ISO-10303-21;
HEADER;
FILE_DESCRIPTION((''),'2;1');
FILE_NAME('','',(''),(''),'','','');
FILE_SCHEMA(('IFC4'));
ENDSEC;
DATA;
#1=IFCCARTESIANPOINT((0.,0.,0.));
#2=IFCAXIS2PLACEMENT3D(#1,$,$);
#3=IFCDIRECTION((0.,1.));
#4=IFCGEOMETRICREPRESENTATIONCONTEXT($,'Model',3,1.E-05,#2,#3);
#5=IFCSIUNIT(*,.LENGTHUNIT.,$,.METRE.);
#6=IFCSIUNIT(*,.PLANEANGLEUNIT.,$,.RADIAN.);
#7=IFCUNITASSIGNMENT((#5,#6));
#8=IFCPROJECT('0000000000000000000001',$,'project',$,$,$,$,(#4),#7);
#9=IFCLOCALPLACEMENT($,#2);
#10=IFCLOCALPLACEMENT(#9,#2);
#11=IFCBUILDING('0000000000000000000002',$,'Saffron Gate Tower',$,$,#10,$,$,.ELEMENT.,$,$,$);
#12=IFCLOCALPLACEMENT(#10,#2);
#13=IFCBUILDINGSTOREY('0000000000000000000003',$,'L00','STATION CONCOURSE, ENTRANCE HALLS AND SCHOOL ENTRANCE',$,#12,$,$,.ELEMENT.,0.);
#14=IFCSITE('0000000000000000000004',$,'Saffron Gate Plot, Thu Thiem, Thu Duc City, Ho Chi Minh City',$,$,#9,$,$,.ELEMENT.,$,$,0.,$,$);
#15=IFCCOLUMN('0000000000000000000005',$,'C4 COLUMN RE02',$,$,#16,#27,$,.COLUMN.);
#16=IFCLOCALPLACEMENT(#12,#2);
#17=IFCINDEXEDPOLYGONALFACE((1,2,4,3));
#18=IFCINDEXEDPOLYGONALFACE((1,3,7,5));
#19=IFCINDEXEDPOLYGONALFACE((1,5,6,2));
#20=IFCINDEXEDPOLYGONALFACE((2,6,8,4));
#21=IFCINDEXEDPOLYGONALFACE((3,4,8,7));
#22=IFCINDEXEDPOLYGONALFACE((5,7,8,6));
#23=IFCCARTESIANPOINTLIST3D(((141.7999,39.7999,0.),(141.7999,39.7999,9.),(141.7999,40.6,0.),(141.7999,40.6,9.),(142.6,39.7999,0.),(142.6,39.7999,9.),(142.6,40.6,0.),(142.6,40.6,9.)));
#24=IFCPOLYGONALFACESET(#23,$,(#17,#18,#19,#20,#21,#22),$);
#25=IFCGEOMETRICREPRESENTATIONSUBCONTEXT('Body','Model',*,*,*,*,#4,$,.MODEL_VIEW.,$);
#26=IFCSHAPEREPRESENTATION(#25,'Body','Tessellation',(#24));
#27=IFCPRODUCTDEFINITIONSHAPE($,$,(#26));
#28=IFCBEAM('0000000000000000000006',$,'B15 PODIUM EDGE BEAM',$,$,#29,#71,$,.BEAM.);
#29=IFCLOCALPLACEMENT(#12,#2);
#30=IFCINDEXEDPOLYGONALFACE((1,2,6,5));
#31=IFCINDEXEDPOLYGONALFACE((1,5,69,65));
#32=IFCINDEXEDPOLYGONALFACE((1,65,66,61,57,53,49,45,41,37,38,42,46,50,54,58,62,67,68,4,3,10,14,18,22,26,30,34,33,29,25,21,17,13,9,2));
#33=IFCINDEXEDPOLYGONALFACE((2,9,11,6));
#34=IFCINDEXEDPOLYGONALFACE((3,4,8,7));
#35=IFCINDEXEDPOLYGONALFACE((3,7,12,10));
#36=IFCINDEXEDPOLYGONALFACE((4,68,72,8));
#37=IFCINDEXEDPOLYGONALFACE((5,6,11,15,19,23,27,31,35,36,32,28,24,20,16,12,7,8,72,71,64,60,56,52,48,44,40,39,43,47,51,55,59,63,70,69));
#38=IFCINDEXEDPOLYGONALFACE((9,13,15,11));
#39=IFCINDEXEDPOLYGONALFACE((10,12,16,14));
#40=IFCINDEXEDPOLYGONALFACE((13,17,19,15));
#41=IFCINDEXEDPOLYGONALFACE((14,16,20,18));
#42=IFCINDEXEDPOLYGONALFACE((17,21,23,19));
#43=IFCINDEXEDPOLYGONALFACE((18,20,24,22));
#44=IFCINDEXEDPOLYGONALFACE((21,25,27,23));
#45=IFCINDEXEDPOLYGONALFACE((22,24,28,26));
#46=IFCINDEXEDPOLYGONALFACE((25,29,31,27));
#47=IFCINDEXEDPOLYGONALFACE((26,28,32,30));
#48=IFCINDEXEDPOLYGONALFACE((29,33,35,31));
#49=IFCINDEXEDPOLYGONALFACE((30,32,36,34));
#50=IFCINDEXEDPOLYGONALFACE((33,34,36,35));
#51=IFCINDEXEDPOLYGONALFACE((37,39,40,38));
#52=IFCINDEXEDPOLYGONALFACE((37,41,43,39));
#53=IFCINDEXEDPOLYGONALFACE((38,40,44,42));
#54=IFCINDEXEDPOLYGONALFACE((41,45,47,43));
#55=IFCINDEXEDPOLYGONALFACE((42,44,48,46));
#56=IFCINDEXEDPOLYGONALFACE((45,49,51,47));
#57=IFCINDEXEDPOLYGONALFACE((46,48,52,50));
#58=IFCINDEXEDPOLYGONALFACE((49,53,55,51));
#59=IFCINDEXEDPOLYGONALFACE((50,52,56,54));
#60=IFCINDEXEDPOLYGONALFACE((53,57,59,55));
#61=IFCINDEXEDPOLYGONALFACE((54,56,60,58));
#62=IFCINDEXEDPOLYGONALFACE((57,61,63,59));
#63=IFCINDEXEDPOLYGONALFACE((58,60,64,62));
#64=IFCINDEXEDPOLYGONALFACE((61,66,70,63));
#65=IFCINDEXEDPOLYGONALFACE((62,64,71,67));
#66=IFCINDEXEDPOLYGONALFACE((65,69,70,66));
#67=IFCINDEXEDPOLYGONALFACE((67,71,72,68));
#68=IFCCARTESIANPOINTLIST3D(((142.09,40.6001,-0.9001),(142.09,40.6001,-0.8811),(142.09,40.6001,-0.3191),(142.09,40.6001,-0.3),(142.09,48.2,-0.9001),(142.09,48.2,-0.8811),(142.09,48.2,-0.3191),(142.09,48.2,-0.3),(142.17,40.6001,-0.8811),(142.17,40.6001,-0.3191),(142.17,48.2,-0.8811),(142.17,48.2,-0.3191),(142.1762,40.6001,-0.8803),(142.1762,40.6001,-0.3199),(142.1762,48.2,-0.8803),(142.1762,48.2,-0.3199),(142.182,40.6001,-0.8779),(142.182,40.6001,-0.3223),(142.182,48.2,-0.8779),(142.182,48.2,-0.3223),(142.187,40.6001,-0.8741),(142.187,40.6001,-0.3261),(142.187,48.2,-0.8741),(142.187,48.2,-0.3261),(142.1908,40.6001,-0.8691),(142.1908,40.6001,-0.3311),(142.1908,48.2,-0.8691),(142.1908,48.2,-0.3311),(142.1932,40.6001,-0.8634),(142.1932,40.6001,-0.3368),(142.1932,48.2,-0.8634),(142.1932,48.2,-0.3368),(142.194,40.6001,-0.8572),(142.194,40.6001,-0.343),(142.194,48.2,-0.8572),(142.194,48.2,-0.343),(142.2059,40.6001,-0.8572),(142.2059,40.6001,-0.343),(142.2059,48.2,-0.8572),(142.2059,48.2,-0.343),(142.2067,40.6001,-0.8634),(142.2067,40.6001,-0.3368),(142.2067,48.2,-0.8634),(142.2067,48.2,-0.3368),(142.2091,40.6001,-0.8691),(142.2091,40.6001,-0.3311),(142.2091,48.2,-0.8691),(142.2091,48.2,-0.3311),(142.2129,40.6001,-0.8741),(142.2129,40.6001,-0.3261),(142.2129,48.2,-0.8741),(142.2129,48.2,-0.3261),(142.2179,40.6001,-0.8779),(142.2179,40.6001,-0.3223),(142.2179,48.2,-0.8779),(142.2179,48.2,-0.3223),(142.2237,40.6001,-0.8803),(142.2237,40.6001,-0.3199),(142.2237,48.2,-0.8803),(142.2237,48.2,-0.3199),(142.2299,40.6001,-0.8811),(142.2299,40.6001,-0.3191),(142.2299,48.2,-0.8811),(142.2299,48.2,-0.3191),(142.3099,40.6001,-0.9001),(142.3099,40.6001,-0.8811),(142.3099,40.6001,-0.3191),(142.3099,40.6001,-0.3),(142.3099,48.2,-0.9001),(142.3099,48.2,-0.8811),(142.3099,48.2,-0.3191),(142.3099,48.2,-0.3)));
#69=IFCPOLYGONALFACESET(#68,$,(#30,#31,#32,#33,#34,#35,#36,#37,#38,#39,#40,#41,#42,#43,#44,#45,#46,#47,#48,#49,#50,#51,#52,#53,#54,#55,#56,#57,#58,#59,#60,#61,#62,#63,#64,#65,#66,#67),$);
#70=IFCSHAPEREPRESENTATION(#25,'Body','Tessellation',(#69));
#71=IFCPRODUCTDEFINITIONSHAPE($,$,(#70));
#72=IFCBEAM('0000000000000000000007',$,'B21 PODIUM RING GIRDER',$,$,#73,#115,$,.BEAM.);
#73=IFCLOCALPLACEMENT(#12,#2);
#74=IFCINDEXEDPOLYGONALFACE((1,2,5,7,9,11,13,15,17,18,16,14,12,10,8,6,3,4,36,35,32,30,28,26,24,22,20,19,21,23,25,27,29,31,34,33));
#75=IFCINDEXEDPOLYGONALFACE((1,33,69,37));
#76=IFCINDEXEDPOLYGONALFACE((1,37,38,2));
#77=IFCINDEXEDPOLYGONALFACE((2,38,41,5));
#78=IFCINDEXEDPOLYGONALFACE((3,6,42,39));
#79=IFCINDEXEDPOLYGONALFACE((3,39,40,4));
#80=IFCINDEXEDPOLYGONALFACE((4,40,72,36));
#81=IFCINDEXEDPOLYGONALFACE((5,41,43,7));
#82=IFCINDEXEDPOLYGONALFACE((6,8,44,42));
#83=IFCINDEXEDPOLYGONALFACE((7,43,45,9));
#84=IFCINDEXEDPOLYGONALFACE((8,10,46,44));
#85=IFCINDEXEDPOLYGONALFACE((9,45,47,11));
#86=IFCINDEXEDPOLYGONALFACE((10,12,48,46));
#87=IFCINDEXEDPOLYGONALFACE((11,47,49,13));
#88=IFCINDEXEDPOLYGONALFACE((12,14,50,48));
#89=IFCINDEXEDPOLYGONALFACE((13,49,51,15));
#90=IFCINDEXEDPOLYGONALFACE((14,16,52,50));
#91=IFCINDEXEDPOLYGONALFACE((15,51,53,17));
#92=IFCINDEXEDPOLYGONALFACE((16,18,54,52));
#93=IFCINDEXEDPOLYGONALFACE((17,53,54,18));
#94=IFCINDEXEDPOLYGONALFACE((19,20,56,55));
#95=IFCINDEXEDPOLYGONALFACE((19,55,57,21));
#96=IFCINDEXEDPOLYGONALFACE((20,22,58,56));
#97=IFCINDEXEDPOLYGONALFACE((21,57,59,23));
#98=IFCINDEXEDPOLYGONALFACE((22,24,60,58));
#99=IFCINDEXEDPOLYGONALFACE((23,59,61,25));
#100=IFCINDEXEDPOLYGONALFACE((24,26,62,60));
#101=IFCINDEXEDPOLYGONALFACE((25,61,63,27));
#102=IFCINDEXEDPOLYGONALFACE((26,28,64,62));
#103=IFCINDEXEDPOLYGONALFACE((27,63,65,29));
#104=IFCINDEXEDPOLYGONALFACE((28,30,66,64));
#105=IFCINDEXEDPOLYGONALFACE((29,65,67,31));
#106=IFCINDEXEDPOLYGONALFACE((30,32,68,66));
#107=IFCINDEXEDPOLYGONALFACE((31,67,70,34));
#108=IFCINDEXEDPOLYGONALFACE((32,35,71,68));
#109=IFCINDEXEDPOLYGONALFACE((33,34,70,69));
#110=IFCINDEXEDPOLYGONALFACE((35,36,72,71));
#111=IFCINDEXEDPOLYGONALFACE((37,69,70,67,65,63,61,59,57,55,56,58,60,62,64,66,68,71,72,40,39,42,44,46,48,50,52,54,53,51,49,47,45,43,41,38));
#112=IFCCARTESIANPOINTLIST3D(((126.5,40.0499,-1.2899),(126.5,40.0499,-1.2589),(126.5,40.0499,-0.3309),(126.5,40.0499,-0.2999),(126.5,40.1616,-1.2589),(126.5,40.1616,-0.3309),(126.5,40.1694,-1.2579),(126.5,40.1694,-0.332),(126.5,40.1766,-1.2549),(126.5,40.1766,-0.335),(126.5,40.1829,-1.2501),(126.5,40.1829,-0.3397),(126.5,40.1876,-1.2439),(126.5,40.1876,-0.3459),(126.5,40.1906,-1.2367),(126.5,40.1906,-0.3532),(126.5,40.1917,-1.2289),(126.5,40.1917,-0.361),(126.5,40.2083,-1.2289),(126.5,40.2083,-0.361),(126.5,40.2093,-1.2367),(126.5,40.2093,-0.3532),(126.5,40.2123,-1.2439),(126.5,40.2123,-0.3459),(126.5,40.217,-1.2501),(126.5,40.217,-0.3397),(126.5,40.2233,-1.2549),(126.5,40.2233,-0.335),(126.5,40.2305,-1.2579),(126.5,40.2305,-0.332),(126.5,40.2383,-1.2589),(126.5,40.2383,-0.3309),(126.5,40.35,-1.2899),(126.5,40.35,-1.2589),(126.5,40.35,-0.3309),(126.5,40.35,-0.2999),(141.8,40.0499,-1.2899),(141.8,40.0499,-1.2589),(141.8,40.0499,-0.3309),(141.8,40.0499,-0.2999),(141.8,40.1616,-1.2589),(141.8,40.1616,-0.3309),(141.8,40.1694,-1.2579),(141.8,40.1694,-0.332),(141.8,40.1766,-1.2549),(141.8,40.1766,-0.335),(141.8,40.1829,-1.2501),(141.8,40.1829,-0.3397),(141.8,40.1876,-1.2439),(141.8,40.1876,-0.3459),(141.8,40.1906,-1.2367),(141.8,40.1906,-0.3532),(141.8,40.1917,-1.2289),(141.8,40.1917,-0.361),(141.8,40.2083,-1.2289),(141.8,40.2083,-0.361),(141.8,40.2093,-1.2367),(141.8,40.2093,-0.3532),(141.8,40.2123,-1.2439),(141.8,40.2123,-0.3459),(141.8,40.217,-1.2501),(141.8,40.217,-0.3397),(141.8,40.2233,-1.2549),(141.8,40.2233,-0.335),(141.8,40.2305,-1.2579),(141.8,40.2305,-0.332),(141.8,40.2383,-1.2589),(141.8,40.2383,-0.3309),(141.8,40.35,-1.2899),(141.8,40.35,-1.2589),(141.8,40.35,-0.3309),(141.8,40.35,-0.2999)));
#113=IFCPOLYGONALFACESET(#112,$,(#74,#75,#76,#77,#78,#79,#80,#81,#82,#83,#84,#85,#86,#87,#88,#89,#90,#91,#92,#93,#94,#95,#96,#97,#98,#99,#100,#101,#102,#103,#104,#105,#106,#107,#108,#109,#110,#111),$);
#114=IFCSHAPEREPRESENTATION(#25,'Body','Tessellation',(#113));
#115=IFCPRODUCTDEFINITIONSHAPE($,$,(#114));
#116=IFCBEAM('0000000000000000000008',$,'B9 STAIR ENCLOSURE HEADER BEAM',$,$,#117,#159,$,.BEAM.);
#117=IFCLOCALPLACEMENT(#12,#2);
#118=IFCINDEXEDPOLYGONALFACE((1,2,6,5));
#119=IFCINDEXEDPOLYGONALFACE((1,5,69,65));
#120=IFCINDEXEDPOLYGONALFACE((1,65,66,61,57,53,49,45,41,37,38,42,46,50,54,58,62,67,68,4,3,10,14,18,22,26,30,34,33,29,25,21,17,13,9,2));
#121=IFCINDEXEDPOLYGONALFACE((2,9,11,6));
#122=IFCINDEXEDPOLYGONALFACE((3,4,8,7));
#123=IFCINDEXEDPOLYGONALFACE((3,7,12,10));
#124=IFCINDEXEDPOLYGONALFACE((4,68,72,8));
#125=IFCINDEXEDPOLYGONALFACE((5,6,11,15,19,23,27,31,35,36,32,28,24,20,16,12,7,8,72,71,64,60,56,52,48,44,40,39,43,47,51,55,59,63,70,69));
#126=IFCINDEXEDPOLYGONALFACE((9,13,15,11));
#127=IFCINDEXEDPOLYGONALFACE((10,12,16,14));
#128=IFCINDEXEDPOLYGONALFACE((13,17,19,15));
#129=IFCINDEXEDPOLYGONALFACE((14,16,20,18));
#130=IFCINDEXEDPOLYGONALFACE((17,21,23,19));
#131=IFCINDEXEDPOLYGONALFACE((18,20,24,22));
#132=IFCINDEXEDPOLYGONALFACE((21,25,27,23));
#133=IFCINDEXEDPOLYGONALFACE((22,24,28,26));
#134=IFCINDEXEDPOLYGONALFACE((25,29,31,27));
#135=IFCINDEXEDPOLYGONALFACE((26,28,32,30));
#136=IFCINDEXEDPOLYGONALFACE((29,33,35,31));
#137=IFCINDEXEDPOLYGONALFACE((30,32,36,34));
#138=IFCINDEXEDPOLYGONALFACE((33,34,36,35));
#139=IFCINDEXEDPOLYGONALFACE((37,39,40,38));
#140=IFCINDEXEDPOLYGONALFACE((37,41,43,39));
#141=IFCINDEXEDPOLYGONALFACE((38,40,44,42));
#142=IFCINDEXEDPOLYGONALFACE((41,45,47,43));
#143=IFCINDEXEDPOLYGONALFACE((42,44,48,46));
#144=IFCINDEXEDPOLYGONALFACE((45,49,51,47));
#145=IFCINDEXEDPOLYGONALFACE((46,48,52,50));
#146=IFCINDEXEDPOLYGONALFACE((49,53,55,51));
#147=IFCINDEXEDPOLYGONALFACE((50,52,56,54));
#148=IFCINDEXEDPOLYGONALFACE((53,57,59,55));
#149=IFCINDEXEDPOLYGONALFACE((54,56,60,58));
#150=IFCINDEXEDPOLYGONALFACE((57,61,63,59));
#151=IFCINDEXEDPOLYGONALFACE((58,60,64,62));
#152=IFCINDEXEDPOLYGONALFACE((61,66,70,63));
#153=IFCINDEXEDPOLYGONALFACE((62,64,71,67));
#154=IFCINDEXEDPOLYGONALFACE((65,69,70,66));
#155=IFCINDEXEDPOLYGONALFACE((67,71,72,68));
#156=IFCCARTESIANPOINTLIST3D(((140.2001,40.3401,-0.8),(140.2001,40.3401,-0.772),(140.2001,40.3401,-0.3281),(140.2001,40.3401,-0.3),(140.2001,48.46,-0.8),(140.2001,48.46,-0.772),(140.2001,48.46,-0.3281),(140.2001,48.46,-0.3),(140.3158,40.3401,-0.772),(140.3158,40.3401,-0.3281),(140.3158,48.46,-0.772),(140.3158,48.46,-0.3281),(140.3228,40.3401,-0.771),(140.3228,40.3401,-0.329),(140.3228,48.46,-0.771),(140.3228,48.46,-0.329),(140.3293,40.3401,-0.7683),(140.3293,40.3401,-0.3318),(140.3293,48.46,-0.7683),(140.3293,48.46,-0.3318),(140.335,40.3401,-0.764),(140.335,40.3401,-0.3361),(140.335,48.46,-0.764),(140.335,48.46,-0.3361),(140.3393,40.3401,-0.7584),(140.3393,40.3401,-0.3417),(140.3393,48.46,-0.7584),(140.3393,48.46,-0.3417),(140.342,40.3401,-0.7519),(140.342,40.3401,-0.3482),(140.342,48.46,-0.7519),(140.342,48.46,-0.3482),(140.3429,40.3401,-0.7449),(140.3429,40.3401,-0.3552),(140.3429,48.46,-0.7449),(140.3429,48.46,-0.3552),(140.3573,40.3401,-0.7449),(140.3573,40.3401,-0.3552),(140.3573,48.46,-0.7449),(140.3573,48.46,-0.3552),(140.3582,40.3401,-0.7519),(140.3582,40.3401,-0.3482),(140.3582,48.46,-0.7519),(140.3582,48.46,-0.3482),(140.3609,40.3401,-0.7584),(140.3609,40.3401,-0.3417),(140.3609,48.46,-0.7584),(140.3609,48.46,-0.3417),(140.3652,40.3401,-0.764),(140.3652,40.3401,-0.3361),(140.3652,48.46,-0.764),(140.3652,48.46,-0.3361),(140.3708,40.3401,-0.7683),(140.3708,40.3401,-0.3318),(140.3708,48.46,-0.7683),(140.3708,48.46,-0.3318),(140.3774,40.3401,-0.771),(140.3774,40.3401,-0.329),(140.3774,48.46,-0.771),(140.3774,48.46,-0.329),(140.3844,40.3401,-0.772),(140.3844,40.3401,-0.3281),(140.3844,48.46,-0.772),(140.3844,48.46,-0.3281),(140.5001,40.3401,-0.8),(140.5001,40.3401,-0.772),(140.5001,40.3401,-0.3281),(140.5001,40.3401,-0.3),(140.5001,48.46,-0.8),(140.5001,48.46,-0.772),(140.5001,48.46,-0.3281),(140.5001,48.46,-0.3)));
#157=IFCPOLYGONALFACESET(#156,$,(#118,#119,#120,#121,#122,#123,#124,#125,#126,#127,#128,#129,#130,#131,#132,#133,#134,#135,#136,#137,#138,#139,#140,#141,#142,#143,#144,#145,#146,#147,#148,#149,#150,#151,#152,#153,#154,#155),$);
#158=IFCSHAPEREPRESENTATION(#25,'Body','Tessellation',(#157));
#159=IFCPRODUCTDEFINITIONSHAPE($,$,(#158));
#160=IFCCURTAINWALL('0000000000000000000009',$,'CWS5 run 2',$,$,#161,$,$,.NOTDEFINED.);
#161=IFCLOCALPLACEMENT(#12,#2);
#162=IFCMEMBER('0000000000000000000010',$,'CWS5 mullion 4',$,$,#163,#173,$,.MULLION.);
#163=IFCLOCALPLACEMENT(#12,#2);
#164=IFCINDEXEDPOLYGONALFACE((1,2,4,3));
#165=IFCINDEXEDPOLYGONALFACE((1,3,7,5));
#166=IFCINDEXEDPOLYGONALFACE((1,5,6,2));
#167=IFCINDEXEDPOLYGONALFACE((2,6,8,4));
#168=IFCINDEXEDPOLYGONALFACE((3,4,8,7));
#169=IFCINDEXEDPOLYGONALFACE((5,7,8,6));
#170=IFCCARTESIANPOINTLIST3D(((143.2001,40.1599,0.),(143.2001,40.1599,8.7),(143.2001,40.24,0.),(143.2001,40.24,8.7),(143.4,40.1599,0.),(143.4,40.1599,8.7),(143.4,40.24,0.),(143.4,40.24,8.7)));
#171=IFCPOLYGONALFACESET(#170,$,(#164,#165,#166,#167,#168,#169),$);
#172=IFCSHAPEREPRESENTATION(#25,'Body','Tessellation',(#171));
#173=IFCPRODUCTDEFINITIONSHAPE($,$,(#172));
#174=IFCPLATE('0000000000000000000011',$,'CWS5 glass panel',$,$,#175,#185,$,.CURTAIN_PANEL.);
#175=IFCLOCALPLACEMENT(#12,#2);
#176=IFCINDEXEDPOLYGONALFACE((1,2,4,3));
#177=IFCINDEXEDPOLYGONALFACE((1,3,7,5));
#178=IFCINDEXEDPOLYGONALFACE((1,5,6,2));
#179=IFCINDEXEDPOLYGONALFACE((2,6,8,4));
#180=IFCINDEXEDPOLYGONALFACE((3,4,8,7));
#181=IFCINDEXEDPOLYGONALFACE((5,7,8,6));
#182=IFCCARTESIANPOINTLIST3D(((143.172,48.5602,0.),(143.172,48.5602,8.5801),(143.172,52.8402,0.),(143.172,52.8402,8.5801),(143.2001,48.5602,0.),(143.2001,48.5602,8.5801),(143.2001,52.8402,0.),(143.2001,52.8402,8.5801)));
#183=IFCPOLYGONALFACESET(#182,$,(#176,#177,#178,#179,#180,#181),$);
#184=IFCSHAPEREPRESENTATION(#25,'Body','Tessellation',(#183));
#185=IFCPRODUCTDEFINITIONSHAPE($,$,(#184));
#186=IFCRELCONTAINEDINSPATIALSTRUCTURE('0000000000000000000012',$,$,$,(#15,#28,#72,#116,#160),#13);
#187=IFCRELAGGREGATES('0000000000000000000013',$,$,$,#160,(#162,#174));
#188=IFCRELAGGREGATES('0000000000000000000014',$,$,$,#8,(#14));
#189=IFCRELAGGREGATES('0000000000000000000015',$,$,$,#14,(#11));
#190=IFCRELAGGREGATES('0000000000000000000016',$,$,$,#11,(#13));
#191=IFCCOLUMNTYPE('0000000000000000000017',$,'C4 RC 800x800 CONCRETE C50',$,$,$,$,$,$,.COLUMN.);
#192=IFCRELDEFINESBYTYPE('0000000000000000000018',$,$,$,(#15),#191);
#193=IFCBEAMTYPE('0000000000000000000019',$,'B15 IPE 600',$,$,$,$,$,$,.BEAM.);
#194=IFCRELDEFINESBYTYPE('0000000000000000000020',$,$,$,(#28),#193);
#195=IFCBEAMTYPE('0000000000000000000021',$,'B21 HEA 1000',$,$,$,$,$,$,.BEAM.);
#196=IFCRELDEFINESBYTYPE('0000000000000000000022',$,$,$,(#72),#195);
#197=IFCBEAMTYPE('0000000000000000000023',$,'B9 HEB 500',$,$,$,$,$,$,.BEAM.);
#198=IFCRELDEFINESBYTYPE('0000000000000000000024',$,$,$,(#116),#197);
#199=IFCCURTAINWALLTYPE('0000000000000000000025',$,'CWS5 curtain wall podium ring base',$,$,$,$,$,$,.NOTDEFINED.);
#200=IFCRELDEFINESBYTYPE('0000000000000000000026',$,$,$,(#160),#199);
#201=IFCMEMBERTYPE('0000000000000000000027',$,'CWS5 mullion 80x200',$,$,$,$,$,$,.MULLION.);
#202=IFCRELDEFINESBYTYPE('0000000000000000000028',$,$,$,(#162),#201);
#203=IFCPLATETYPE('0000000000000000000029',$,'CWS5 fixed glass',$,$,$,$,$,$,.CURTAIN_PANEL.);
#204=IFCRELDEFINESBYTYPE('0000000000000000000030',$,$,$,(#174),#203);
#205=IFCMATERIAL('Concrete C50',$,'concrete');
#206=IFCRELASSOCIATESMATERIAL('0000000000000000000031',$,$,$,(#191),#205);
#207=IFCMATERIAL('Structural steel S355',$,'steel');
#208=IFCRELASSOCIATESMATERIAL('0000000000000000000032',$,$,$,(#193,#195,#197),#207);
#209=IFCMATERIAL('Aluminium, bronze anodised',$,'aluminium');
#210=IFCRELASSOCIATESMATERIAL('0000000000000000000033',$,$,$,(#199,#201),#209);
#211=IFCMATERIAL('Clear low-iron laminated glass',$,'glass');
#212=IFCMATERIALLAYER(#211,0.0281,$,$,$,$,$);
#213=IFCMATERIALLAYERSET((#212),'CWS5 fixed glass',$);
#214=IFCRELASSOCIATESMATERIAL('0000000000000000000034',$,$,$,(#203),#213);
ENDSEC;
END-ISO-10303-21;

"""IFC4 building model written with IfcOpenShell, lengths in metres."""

from ifc_helpers import new_model, si_unit, direction, frame, frame_2d, origin, origin_2d, place, context, subcontext, project, spatial, rectangle, i_section, extrude, material, layer, layer_set, material_profile, profile_set, type_object, element, aggregate, save


model = new_model("IFC4")

# Units and contexts
model_context = context("Model", 3, precision=1e-05, world=origin(), true_north=direction((0.0, 1.0)))
body_context = subcontext(model_context, "Body", "Model", "MODEL_VIEW")
ifc_project = project(units=[si_unit("LENGTHUNIT", "METRE"), si_unit("PLANEANGLEUNIT", "RADIAN")], contexts=[model_context])

# Site, building, storey
site_placement = place(None, origin())
site = spatial("IfcSite", under=ifc_project, at=site_placement, Name="Saffron Gate Plot, Thu Thiem, Thu Duc City, Ho Chi Minh City", CompositionType="ELEMENT", RefElevation=0.0)
building_placement = place(site_placement, origin())
building = spatial("IfcBuilding", under=site, at=building_placement, Name="Saffron Gate Tower", CompositionType="ELEMENT")
storey_placement = place(building_placement, origin())
storey = spatial("IfcBuildingStorey", under=building, at=storey_placement, Name="L00", Description="STATION CONCOURSE, ENTRANCE HALLS AND SCHOOL ENTRANCE", CompositionType="ELEMENT", Elevation=0.0)

# Column
ifc_material_1 = material(Name="Concrete C50", Category="concrete")
ifc_material_profile_1 = material_profile(ifc_material_1, rectangle(XDim=0.8, YDim=0.8, at=origin_2d()))
ifc_profile_set_1 = profile_set([ifc_material_profile_1], Name="Concrete C50")
column_type = type_object("IfcColumnType", Name="C4 RC 800x800 CONCRETE C50", PredefinedType="COLUMN", material=ifc_profile_set_1)
column_placement = place(storey_placement, frame((142.2, 40.2, 0.0), z_axis=(0.0, 0.0, 1.0), x_axis=(1.0, 0.0, 0.0)))
element("IfcColumn", 1, at=column_placement, inside=storey, type_object=column_type, Name="C4 COLUMN RE02", PredefinedType="COLUMN", context=body_context, shape_type="SweptSolid", body=[
    extrude(rectangle(XDim=0.8, YDim=0.8, at=origin_2d()), origin(), (0.0, 0.0, 1.0), 9.0),
])

# Beams
ifc_material_2 = material(Name="Structural steel S355", Category="steel")
ifc_material_profile_2 = material_profile(ifc_material_2, i_section(OverallWidth=0.22, OverallDepth=0.6001, WebThickness=0.012, FlangeThickness=0.019, FilletRadius=0.0239, at=origin_2d()))
ifc_profile_set_2 = profile_set([ifc_material_profile_2], Name="Structural steel S355")
beam_type_1 = type_object("IfcBeamType", Name="B15 IPE 600", PredefinedType="BEAM", material=ifc_profile_set_2)
beam_1_placement = place(storey_placement, frame((142.2, 40.6001, -0.6001), z_axis=(0.0, 1.0, 0.0), x_axis=(-1.0, 0.0, 0.0)))
element("IfcBeam", 2, at=beam_1_placement, inside=storey, type_object=beam_type_1, Name="B15 PODIUM EDGE BEAM", PredefinedType="BEAM", context=body_context, shape_type="SweptSolid", body=[
    extrude(i_section(OverallWidth=0.22, OverallDepth=0.6001, WebThickness=0.012, FlangeThickness=0.019, FilletRadius=0.0239, at=origin_2d()), origin(), (0.0, 0.0, 1.0), 7.5999),
])
ifc_material_profile_3 = material_profile(ifc_material_2, i_section(OverallWidth=0.3, OverallDepth=0.99, WebThickness=0.0166, FlangeThickness=0.031, FilletRadius=0.03, at=origin_2d()))
ifc_profile_set_3 = profile_set([ifc_material_profile_3], Name="Structural steel S355")
beam_type_2 = type_object("IfcBeamType", Name="B21 HEA 1000", PredefinedType="BEAM", material=ifc_profile_set_3)
beam_2_placement = place(storey_placement, frame((141.8, 40.2, -0.7949), z_axis=(-1.0, 0.0, 0.0), x_axis=(0.0, -1.0, 0.0)))
element("IfcBeam", 3, at=beam_2_placement, inside=storey, type_object=beam_type_2, Name="B21 PODIUM RING GIRDER", PredefinedType="BEAM", context=body_context, shape_type="SweptSolid", body=[
    extrude(i_section(OverallWidth=0.3, OverallDepth=0.99, WebThickness=0.0166, FlangeThickness=0.031, FilletRadius=0.03, at=origin_2d()), origin(), (0.0, 0.0, 1.0), 15.3),
])
ifc_material_profile_4 = material_profile(ifc_material_2, i_section(OverallWidth=0.3, OverallDepth=0.5, WebThickness=0.0144, FlangeThickness=0.0281, FilletRadius=0.0271, at=origin_2d()))
ifc_profile_set_4 = profile_set([ifc_material_profile_4], Name="Structural steel S355")
beam_type_3 = type_object("IfcBeamType", Name="B9 HEB 500", PredefinedType="BEAM", material=ifc_profile_set_4)
beam_3_placement = place(storey_placement, frame((140.3501, 40.3401, -0.55), z_axis=(0.0, 1.0, 0.0), x_axis=(-1.0, 0.0, 0.0)))
element("IfcBeam", 4, at=beam_3_placement, inside=storey, type_object=beam_type_3, Name="B9 STAIR ENCLOSURE HEADER BEAM", PredefinedType="BEAM", context=body_context, shape_type="SweptSolid", body=[
    extrude(i_section(OverallWidth=0.3, OverallDepth=0.5, WebThickness=0.0144, FlangeThickness=0.0281, FilletRadius=0.0271, at=origin_2d()), origin(), (0.0, 0.0, 1.0), 8.1199),
])

# Curtain wall, member, plate
ifc_material_3 = material(Name="Aluminium, bronze anodised", Category="aluminium")
curtain_wall_type = type_object("IfcCurtainWallType", Name="CWS5 curtain wall podium ring base", PredefinedType="NOTDEFINED", material=ifc_material_3)
curtain_wall_placement = place(storey_placement, origin())
curtain_wall = element("IfcCurtainWall", 5, at=curtain_wall_placement, inside=storey, type_object=curtain_wall_type, Name="CWS5 run 2", PredefinedType="NOTDEFINED")
ifc_material_profile_5 = material_profile(ifc_material_3, rectangle(XDim=0.2, YDim=0.0801, at=origin_2d()))
ifc_profile_set_5 = profile_set([ifc_material_profile_5], Name="Aluminium, bronze anodised")
member_type = type_object("IfcMemberType", Name="CWS5 mullion 80x200", PredefinedType="MULLION", material=ifc_profile_set_5)
member_placement = place(storey_placement, frame((143.3, 40.2, 0.0), z_axis=(0.0, 0.0, 1.0), x_axis=(-1.0, 0.0, 0.0)))
member = element("IfcMember", 6, at=member_placement, type_object=member_type, Name="CWS5 mullion 4", PredefinedType="MULLION", context=body_context, shape_type="SweptSolid", body=[
    extrude(rectangle(XDim=0.2, YDim=0.0801, at=origin_2d()), origin(), (0.0, 0.0, 1.0), 8.7),
])
ifc_material_4 = material(Name="Clear low-iron laminated glass", Category="glass")
ifc_layer_1 = layer(ifc_material_4, 0.0281)
ifc_layer_set_1 = layer_set([ifc_layer_1], Name="CWS5 fixed glass")
plate_type_1 = type_object("IfcPlateType", Name="CWS5 fixed glass", PredefinedType="CURTAIN_PANEL", material=ifc_layer_set_1)
plate_1_placement = place(storey_placement, frame((143.186, 48.5601, 0.0), z_axis=(0.0, 0.0, 1.0), x_axis=(0.0, 1.0, 0.0)))
plate_1 = element("IfcPlate", 7, at=plate_1_placement, type_object=plate_type_1, Name="CWS5 glass panel", PredefinedType="CURTAIN_PANEL", context=body_context, shape_type="SweptSolid", body=[
    extrude(rectangle(XDim=4.28, YDim=0.0281, at=frame_2d((2.1401, 0.0))), origin(), (0.0, 0.0, 1.0), 8.5801),
])
aggregate(curtain_wall, [member, plate_1])

save(model, "model.ifc")
